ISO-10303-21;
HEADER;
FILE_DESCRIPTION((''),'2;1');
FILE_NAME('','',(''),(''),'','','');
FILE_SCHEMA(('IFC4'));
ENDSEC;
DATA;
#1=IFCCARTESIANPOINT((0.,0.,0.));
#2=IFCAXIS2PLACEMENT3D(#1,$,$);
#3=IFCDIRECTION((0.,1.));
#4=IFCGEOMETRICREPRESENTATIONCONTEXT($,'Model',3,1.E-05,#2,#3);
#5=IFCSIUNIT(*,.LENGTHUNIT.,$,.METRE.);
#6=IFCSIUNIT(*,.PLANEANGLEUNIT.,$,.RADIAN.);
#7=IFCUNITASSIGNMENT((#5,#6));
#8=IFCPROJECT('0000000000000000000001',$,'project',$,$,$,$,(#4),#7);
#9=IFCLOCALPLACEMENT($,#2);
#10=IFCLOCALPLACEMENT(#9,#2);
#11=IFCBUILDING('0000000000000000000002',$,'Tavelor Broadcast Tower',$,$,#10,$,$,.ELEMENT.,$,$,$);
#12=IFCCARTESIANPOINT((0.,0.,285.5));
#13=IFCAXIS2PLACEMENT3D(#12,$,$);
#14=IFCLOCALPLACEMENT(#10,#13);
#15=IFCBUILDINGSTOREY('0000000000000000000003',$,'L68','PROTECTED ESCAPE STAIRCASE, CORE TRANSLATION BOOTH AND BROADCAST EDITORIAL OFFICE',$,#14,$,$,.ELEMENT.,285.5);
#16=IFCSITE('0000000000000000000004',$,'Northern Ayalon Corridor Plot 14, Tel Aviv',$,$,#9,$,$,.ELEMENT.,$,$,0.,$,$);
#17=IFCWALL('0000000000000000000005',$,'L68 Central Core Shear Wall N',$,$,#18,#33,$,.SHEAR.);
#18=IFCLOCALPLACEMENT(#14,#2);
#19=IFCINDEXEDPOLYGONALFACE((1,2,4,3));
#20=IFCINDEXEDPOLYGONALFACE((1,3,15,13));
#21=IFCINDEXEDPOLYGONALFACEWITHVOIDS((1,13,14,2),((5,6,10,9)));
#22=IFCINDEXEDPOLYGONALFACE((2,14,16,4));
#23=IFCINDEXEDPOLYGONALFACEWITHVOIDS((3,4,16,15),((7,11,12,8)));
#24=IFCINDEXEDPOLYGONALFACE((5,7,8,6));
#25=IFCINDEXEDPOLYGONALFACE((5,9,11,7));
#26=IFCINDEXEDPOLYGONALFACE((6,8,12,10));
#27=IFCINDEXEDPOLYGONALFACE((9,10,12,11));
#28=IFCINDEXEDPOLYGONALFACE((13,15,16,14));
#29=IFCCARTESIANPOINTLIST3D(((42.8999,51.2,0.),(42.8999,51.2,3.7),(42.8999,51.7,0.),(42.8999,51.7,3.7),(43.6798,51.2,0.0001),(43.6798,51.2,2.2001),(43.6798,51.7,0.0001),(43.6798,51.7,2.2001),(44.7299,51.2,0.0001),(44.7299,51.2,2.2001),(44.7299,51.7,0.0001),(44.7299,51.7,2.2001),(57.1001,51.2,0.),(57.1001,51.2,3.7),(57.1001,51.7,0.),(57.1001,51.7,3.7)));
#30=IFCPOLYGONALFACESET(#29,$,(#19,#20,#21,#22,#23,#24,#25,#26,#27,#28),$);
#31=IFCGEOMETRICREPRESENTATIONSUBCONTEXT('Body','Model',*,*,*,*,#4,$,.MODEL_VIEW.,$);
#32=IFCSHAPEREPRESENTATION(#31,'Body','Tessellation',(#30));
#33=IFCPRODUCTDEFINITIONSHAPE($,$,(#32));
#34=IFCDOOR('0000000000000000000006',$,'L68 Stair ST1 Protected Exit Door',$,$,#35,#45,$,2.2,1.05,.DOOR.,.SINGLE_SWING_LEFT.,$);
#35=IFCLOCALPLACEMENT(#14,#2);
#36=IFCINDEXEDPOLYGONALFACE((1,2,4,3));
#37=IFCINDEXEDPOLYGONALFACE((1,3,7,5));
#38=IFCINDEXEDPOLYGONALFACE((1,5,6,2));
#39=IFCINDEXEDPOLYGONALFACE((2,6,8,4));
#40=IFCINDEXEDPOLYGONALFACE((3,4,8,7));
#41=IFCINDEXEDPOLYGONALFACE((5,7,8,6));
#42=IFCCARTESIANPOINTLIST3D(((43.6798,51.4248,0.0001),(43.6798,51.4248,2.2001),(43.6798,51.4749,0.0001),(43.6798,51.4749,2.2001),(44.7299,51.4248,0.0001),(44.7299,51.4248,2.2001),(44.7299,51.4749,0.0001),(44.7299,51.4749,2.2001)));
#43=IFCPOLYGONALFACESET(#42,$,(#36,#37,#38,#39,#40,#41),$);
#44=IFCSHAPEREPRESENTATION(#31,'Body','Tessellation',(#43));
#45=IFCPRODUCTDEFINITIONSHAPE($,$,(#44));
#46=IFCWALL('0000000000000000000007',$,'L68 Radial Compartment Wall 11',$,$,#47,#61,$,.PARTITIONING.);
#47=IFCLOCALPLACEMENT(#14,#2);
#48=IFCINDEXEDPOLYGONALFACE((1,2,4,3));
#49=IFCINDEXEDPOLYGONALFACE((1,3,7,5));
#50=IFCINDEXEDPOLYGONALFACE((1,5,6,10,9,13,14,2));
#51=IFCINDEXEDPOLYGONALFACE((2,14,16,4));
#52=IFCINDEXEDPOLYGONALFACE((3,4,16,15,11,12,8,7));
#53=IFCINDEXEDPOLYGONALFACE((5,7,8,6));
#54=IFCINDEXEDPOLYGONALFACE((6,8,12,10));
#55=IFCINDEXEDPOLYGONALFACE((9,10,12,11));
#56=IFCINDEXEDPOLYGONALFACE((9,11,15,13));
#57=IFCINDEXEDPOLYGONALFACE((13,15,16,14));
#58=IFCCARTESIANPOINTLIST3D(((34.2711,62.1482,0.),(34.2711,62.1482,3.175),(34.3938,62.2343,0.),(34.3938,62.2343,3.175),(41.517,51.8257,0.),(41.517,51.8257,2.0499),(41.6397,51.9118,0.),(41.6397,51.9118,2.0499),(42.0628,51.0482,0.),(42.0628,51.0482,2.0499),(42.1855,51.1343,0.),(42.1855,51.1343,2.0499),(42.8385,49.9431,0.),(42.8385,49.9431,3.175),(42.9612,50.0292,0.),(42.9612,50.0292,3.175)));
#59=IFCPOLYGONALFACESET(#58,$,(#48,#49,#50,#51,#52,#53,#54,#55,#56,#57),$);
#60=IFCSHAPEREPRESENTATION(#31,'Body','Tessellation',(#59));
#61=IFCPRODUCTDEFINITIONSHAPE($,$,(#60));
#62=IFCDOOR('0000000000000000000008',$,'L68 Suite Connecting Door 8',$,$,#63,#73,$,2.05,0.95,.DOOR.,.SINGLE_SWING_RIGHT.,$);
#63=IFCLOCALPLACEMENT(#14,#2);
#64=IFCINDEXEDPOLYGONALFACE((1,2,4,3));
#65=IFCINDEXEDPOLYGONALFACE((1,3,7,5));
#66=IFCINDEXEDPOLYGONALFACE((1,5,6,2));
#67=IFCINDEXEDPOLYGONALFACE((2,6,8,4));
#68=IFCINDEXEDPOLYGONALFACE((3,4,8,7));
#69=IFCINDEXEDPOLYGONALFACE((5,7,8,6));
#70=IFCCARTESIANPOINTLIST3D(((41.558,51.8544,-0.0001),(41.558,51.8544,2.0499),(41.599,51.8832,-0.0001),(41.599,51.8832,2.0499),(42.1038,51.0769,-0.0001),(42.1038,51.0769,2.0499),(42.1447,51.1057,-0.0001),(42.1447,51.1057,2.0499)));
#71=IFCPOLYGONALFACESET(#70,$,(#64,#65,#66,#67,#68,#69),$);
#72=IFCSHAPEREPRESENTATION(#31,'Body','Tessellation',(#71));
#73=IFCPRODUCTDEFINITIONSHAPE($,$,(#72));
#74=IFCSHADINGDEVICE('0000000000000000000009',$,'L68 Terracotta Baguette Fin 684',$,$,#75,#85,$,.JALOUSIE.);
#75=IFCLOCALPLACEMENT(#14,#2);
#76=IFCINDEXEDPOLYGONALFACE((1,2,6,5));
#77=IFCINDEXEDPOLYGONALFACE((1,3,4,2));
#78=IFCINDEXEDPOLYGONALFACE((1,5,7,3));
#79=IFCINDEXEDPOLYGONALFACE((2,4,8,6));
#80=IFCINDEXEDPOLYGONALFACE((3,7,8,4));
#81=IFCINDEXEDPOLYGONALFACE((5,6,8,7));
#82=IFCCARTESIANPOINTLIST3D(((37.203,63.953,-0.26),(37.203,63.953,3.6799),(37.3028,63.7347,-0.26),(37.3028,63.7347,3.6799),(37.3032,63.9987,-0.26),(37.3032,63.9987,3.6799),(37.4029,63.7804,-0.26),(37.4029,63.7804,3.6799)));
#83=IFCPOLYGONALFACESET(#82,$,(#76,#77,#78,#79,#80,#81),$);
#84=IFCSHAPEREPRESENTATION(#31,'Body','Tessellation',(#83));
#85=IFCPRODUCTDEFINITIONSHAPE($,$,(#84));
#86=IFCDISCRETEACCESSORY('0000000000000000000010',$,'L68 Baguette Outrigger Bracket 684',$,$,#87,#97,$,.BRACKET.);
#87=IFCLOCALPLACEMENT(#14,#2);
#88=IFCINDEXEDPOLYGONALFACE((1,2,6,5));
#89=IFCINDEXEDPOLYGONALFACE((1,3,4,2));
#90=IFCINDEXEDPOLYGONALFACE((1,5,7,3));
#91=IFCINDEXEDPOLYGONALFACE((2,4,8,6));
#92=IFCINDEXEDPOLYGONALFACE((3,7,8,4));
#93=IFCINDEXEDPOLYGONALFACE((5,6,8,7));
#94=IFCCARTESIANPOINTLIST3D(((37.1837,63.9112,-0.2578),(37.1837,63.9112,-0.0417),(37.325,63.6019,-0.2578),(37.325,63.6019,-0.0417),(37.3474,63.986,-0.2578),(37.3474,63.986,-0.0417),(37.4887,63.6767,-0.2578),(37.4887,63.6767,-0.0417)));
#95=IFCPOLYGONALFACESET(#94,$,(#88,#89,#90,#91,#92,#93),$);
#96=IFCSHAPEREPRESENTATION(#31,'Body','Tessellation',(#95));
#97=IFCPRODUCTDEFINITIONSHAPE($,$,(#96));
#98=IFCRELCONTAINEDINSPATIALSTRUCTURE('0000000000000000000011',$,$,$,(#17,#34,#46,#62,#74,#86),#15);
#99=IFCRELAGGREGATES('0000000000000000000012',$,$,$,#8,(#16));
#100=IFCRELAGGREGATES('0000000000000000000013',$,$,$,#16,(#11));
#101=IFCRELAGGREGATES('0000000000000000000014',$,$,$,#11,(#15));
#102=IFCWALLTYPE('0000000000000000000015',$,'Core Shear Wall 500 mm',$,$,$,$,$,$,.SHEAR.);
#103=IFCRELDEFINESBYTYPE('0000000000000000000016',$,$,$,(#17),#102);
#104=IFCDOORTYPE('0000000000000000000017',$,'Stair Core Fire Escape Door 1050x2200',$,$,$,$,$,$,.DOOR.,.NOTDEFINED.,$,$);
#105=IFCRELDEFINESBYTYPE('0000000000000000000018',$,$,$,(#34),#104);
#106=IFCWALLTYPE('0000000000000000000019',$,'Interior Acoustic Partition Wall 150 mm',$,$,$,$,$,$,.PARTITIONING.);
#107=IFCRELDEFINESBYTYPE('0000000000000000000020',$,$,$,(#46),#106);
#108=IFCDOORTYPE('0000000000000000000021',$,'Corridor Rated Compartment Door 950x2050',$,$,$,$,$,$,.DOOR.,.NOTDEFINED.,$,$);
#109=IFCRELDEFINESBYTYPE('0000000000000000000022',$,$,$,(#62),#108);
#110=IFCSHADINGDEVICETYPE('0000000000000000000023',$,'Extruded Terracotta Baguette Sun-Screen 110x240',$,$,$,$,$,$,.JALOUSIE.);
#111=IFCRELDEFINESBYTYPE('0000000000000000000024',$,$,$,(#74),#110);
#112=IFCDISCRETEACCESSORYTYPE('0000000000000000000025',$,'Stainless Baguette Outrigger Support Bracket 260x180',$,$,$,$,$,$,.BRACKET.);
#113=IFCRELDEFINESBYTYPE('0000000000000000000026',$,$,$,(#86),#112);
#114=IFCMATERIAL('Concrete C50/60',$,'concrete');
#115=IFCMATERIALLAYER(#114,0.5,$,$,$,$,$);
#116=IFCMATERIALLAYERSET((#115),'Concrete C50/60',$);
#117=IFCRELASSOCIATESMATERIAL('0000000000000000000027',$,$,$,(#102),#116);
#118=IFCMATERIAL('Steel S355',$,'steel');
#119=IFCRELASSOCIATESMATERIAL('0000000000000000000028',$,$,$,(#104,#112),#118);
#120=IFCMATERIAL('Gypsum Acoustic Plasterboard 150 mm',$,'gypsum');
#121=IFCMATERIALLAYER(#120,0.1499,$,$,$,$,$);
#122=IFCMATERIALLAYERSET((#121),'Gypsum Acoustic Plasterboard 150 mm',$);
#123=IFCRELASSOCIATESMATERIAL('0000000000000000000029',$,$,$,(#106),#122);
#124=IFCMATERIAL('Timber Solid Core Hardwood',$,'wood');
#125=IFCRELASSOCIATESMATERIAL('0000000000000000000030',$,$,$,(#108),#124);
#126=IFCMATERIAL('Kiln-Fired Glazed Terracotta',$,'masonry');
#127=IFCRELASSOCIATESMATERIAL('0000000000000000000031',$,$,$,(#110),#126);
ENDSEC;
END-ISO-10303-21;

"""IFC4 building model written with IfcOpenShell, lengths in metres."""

from ifc_helpers import new_model, si_unit, direction, frame, frame_2d, origin, origin_2d, place, context, subcontext, project, spatial, rectangle, extrude, source, transform, mapped, material, layer, layer_set, type_object, type_shapes, element, fill, save


model = new_model("IFC4")

# Units and contexts
model_context = context("Model", 3, precision=1e-05, world=origin(), true_north=direction((0.0, 1.0)))
body_context = subcontext(model_context, "Body", "Model", "MODEL_VIEW")
ifc_project = project(units=[si_unit("LENGTHUNIT", "METRE"), si_unit("PLANEANGLEUNIT", "RADIAN")], contexts=[model_context])

# Site, building, storey
site_placement = place(None, origin())
site = spatial("IfcSite", under=ifc_project, at=site_placement, Name="Northern Ayalon Corridor Plot 14, Tel Aviv", CompositionType="ELEMENT", RefElevation=0.0)
building_placement = place(site_placement, origin())
building = spatial("IfcBuilding", under=site, at=building_placement, Name="Tavelor Broadcast Tower", CompositionType="ELEMENT")
storey_placement = place(building_placement, frame((0.0, 0.0, 285.5)))
storey = spatial("IfcBuildingStorey", under=building, at=storey_placement, Name="L68", Description="PROTECTED ESCAPE STAIRCASE, CORE TRANSLATION BOOTH AND BROADCAST EDITORIAL OFFICE", CompositionType="ELEMENT", Elevation=285.5)

# Shared definitions
ifc_material_1 = material(Name="Steel S355", Category="steel")

# Walls, openings, doors
ifc_material_2 = material(Name="Concrete C50/60", Category="concrete")
ifc_layer_1 = layer(ifc_material_2, 0.5)
ifc_layer_set_1 = layer_set([ifc_layer_1], Name="Concrete C50/60")
wall_type_1 = type_object("IfcWallType", Name="Core Shear Wall 500 mm", PredefinedType="SHEAR", material=ifc_layer_set_1)
wall_1_placement = place(storey_placement, frame((42.8999, 51.45, 0.0), z_axis=(0.0, 0.0, 1.0), x_axis=(1.0, 0.0, 0.0)))
wall_1 = element("IfcWall", 1, at=wall_1_placement, inside=storey, type_object=wall_type_1, Name="L68 Central Core Shear Wall N", PredefinedType="SHEAR", context=body_context, shape_type="SweptSolid", body=[
    extrude(rectangle(XDim=14.2002, YDim=0.5, at=frame_2d((7.1001, 0.0))), origin(), (0.0, 0.0, 1.0), 3.7),
])
opening_1_placement = place(wall_1_placement, frame((0.78, 0.0, 0.0)))
opening_1 = element("IfcOpeningElement", 2, at=opening_1_placement, cuts=wall_1, PredefinedType="OPENING", context=body_context, shape_type="SweptSolid", body=[
    extrude(rectangle(XDim=1.05, YDim=2.2, at=frame_2d((0.5249, 1.1001))), frame((0.0, 0.26, 0.0), z_axis=(0.0, -1.0, 0.0), x_axis=(1.0, 0.0, 0.0)), (0.0, 0.0, 1.0), 0.52),
])
door_type_1 = type_object("IfcDoorType", Name="Stair Core Fire Escape Door 1050x2200", OperationType="NOTDEFINED", PredefinedType="DOOR", material=ifc_material_1)
door_1_placement = place(opening_1_placement, origin())
door_1 = element("IfcDoor", 3, at=door_1_placement, inside=storey, type_object=door_type_1, Name="L68 Stair ST1 Protected Exit Door", OperationType="SINGLE_SWING_LEFT", OverallHeight=2.2, OverallWidth=1.05, PredefinedType="DOOR", context=body_context, shape_type="SweptSolid", body=[
    extrude(rectangle(XDim=1.05, YDim=2.2, at=frame_2d((0.5249, 1.1001))), frame((0.0, 0.0249, 0.0), z_axis=(0.0, -1.0, 0.0), x_axis=(1.0, 0.0, 0.0)), (0.0, 0.0, 1.0), 0.05),
])
fill(opening_1, door_1)
ifc_material_3 = material(Name="Gypsum Acoustic Plasterboard 150 mm", Category="gypsum")
ifc_layer_2 = layer(ifc_material_3, 0.1499)
ifc_layer_set_2 = layer_set([ifc_layer_2], Name="Gypsum Acoustic Plasterboard 150 mm")
wall_type_2 = type_object("IfcWallType", Name="Interior Acoustic Partition Wall 150 mm", PredefinedType="PARTITIONING", material=ifc_layer_set_2)
wall_2_placement = place(storey_placement, frame((42.8999, 49.9861, 0.0), z_axis=(0.0, 0.0, 1.0), x_axis=(-0.574534, 0.818481, 0.0)))
wall_2 = element("IfcWall", 4, at=wall_2_placement, inside=storey, type_object=wall_type_2, Name="L68 Radial Compartment Wall 11", PredefinedType="PARTITIONING", context=body_context, shape_type="SweptSolid", body=[
    extrude(rectangle(XDim=14.9119, YDim=0.1499, at=frame_2d((7.4561, 0.0))), origin(), (0.0, 0.0, 1.0), 3.175),
])
opening_2_placement = place(wall_2_placement, frame((1.3501, 0.0, 0.0)))
opening_2 = element("IfcOpeningElement", 5, at=opening_2_placement, cuts=wall_2, PredefinedType="OPENING", context=body_context, shape_type="SweptSolid", body=[
    extrude(rectangle(XDim=0.95, YDim=2.05, at=frame_2d((0.4751, 1.0249))), frame((0.0, 0.085, 0.0), z_axis=(0.0, -1.0, 0.0), x_axis=(1.0, 0.0, 0.0)), (0.0, 0.0, 1.0), 0.1699),
])
ifc_material_4 = material(Name="Timber Solid Core Hardwood", Category="wood")
door_type_2 = type_object("IfcDoorType", Name="Corridor Rated Compartment Door 950x2050", OperationType="NOTDEFINED", PredefinedType="DOOR", material=ifc_material_4)
door_2_placement = place(opening_2_placement, origin())
door_2 = element("IfcDoor", 6, at=door_2_placement, inside=storey, type_object=door_type_2, Name="L68 Suite Connecting Door 8", OperationType="SINGLE_SWING_RIGHT", OverallHeight=2.05, OverallWidth=0.95, PredefinedType="DOOR", context=body_context, shape_type="SweptSolid", body=[
    extrude(rectangle(XDim=0.95, YDim=2.05, at=frame_2d((0.4751, 1.0249))), frame((0.0, 0.0249, 0.0), z_axis=(0.0, -1.0, 0.0), x_axis=(1.0, 0.0, 0.0)), (0.0, 0.0, 1.0), 0.05),
])
fill(opening_2, door_2)

# Shading device
ifc_material_5 = material(Name="Kiln-Fired Glazed Terracotta", Category="masonry")
shading_device_type = type_object("IfcShadingDeviceType", Name="Extruded Terracotta Baguette Sun-Screen 110x240", PredefinedType="JALOUSIE", material=ifc_material_5)
shared_shape_1 = source(origin(), body_context, "Body", "SweptSolid", [
    extrude(rectangle(XDim=0.1101, YDim=0.24, at=origin_2d()), origin(), (0.0, 0.0, 1.0), 3.9399),
])
type_shapes(shading_device_type, [shared_shape_1])
shading_device_placement = place(storey_placement, frame((37.303, 63.8667, -0.26), z_axis=(0.0, 0.0, 1.0), x_axis=(-0.909599, -0.415487, 0.0)))
element("IfcShadingDevice", 7, at=shading_device_placement, inside=storey, type_object=shading_device_type, Name="L68 Terracotta Baguette Fin 684", PredefinedType="JALOUSIE", context=body_context, shape_type="MappedRepresentation", body=[
    mapped(shared_shape_1, transform((0.0, 0.0, 0.0), scale=1.0)),
])

# Discrete accessory
discrete_accessory_type = type_object("IfcDiscreteAccessoryType", Name="Stainless Baguette Outrigger Support Bracket 260x180", PredefinedType="BRACKET", material=ifc_material_1)
shared_shape_2 = source(origin(), body_context, "Body", "SweptSolid", [
    extrude(rectangle(XDim=0.1799, YDim=0.3401, at=origin_2d()), origin(), (0.0, 0.0, 1.0), 0.2161),
])
type_shapes(discrete_accessory_type, [shared_shape_2])
discrete_accessory_placement = place(storey_placement, frame((37.3362, 63.7939, -0.2578), z_axis=(0.0, 0.0, 1.0), x_axis=(-0.909599, -0.415487, 0.0)))
element("IfcDiscreteAccessory", 8, at=discrete_accessory_placement, inside=storey, type_object=discrete_accessory_type, Name="L68 Baguette Outrigger Bracket 684", PredefinedType="BRACKET", context=body_context, shape_type="MappedRepresentation", body=[
    mapped(shared_shape_2, transform((0.0, 0.0, 0.0), scale=1.0)),
])

save(model, "model.ifc")
